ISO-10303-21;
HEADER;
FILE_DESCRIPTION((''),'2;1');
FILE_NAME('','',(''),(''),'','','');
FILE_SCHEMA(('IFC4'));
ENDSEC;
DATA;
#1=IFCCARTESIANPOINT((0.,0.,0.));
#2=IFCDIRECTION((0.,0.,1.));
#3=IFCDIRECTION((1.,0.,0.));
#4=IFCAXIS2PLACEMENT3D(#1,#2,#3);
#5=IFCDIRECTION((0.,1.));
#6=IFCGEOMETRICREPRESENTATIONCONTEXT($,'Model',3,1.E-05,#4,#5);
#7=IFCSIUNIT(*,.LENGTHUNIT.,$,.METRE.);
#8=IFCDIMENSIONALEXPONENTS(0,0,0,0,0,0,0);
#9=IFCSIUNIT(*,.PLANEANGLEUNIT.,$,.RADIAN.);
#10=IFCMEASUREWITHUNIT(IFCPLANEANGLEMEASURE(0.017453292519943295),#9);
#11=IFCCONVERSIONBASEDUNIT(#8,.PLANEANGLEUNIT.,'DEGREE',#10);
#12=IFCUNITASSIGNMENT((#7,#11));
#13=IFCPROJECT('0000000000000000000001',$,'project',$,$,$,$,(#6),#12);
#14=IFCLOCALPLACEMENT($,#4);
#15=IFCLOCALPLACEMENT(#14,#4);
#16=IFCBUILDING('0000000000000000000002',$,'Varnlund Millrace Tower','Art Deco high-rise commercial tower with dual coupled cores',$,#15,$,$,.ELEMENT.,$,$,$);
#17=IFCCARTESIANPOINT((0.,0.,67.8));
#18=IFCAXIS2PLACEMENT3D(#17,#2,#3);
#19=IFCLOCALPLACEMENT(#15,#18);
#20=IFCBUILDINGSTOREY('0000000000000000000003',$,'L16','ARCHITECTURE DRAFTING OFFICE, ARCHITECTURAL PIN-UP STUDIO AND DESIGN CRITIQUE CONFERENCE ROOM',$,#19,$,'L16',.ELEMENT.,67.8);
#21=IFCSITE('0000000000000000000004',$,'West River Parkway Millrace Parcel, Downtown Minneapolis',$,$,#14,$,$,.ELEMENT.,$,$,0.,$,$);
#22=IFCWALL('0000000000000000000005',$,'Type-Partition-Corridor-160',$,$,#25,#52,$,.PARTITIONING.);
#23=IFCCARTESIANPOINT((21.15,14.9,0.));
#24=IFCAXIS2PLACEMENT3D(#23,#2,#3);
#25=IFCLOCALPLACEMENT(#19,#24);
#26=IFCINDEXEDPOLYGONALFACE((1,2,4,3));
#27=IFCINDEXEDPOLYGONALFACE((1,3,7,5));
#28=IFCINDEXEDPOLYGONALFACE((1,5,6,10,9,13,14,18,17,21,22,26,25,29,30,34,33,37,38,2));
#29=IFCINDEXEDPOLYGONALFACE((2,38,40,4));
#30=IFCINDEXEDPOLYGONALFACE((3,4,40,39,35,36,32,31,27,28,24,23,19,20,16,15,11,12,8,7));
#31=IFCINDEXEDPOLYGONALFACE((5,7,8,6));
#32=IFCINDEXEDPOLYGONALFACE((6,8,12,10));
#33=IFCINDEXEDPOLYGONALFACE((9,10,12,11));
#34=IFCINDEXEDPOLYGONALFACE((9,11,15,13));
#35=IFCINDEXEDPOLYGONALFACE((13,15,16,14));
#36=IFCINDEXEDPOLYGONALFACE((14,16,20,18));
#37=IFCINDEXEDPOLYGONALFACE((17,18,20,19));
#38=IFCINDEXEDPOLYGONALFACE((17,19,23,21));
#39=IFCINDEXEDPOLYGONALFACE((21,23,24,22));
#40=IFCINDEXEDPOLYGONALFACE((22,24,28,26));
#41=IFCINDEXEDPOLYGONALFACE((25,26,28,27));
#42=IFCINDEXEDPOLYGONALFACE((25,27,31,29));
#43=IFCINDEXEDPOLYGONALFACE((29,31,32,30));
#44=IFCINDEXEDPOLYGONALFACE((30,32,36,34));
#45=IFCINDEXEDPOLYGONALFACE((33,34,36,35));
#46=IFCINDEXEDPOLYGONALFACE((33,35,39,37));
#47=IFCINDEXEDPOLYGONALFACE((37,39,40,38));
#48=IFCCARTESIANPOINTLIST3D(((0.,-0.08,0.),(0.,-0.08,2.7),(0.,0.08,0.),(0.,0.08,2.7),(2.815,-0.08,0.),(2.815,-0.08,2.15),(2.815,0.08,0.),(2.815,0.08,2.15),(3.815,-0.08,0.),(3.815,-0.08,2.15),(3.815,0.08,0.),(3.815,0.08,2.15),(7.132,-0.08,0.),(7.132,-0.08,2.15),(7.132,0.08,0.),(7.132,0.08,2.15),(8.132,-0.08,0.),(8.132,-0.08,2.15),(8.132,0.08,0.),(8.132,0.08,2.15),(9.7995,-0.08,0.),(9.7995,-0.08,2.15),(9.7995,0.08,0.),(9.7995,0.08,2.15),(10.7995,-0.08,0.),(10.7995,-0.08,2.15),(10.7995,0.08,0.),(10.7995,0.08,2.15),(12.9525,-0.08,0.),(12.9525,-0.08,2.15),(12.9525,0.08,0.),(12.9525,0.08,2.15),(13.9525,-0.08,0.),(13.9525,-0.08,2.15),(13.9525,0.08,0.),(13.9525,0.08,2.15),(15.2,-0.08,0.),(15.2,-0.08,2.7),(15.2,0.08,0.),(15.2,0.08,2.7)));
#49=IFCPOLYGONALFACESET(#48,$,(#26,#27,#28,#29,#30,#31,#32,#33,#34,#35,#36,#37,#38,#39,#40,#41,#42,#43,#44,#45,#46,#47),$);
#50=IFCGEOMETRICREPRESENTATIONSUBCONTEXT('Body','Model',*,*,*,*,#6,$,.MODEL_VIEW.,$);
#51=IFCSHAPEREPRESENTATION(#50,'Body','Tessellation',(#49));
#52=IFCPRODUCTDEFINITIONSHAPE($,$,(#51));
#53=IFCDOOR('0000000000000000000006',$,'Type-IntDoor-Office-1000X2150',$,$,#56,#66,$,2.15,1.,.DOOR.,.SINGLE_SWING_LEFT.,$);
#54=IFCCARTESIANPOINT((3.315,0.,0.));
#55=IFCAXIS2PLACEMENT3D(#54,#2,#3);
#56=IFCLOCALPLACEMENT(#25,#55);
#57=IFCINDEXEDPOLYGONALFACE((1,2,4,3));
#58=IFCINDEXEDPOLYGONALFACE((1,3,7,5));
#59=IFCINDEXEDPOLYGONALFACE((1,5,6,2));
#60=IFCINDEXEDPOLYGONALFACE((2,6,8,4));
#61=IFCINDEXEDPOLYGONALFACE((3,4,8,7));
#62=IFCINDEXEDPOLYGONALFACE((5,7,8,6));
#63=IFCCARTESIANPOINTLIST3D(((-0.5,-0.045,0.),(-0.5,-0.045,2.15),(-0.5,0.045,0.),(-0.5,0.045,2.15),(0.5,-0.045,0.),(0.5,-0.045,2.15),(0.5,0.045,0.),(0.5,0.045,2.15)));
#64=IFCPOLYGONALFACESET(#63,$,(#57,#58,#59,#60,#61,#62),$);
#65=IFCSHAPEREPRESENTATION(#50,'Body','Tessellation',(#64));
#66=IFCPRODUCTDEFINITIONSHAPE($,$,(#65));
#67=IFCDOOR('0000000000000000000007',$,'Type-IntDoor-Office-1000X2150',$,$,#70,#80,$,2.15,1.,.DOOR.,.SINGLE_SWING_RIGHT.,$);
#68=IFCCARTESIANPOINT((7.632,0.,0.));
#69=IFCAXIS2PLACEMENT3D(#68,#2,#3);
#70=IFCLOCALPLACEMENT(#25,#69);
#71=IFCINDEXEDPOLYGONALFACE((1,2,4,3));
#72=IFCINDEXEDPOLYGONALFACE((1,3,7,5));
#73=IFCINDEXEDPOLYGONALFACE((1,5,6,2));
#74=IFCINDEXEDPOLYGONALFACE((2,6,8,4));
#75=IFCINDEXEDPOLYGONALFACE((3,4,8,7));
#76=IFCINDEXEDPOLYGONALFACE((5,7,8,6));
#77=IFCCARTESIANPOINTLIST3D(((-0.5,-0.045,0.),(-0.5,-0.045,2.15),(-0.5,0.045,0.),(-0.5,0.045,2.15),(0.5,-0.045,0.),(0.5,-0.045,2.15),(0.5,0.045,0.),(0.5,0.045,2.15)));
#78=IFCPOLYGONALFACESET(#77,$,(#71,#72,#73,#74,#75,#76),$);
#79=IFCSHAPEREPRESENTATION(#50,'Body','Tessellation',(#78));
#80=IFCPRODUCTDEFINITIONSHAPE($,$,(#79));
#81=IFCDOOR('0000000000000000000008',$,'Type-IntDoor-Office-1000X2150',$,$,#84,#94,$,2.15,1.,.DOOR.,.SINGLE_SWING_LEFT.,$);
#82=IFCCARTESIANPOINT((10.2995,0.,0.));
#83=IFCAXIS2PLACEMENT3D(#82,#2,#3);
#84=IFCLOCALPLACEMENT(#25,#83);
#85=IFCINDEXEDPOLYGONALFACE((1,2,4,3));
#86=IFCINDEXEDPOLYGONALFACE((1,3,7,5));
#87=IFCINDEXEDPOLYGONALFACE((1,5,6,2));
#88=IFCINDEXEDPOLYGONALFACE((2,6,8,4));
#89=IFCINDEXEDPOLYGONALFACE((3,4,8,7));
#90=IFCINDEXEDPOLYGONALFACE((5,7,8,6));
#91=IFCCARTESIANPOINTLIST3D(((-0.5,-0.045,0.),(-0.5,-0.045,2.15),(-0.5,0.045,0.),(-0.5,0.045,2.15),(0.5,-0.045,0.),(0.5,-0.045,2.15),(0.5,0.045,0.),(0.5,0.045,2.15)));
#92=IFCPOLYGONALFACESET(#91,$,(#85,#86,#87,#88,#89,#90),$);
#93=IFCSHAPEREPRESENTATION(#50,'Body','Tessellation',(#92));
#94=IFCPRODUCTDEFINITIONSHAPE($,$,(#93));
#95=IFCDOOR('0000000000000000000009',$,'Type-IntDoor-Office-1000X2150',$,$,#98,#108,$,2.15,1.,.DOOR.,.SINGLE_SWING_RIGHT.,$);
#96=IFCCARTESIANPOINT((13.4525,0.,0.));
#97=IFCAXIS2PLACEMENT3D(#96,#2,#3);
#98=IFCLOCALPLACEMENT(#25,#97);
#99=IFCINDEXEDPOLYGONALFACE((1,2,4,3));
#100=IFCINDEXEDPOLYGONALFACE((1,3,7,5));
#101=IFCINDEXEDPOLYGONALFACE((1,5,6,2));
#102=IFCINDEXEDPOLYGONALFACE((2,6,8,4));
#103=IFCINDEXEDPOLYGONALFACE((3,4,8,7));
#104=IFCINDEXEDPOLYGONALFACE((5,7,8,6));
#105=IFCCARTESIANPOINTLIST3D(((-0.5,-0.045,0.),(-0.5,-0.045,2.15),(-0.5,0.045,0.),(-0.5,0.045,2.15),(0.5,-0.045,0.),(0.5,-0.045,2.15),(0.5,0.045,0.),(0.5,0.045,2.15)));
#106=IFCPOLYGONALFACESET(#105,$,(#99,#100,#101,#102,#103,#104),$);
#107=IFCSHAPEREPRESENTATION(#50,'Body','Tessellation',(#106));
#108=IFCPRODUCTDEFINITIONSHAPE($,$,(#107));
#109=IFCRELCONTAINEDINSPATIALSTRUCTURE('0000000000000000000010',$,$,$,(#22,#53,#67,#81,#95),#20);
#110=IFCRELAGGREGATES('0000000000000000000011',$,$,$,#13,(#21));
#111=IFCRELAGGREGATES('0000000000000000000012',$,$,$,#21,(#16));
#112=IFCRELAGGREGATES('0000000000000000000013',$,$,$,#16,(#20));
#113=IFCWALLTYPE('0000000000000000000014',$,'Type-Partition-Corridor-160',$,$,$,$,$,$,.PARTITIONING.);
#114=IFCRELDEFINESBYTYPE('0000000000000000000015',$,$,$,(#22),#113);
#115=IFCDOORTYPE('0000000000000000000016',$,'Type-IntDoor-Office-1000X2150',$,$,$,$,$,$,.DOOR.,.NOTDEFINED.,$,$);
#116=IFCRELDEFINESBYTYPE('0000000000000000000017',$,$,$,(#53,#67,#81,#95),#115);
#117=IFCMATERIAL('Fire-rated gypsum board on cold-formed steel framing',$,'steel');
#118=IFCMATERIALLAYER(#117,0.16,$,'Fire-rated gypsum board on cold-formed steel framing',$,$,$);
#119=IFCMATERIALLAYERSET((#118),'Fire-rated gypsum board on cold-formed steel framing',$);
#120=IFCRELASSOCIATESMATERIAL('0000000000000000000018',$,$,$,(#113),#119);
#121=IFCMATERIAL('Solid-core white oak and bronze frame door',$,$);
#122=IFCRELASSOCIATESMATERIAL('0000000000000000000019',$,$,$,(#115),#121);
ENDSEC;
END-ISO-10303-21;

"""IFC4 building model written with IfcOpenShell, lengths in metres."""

from ifc_helpers import new_model, entity, si_unit, converted_unit, direction, frame, origin_with_axes, origin_2d_with_axis, place, context, subcontext, project, spatial, polyline, rectangle, outline, extrude, material, layer, layer_set, type_object, element, fill, save


model = new_model("IFC4")

# Units and contexts
model_context = context("Model", 3, precision=1e-05, world=origin_with_axes(), true_north=direction((0.0, 1.0)))
body_context = subcontext(model_context, "Body", "Model", "MODEL_VIEW")
ifc_project = project(units=[si_unit("LENGTHUNIT", "METRE"), converted_unit("PLANEANGLEUNIT", "DEGREE", entity("IfcPlaneAngleMeasure", 0.017453292519943295), si_unit("PLANEANGLEUNIT", "RADIAN"), dimensions=[0, 0, 0, 0, 0, 0, 0])], contexts=[model_context])

# Site, building, storey
site_placement = place(None, origin_with_axes())
site = spatial("IfcSite", under=ifc_project, at=site_placement, Name="West River Parkway Millrace Parcel, Downtown Minneapolis", CompositionType="ELEMENT", RefElevation=0.0)
building_placement = place(site_placement, origin_with_axes())
building = spatial("IfcBuilding", under=site, at=building_placement, Name="Varnlund Millrace Tower", Description="Art Deco high-rise commercial tower with dual coupled cores", CompositionType="ELEMENT")
storey_placement = place(building_placement, frame((0.0, 0.0, 67.8), z_axis=(0.0, 0.0, 1.0), x_axis=(1.0, 0.0, 0.0)))
storey = spatial("IfcBuildingStorey", under=building, at=storey_placement, Name="L16", Description="ARCHITECTURE DRAFTING OFFICE, ARCHITECTURAL PIN-UP STUDIO AND DESIGN CRITIQUE CONFERENCE ROOM", LongName="L16", CompositionType="ELEMENT", Elevation=67.8)

# Shared definitions
ifc_material_1 = material(Name="Fire-rated gypsum board on cold-formed steel framing", Category="steel")
ifc_layer_1 = layer(ifc_material_1, 0.16, Name="Fire-rated gypsum board on cold-formed steel framing")
ifc_layer_set_1 = layer_set([ifc_layer_1], Name="Fire-rated gypsum board on cold-formed steel framing")
wall_type_1 = type_object("IfcWallType", Name="Type-Partition-Corridor-160", PredefinedType="PARTITIONING", material=ifc_layer_set_1)
ifc_material_2 = material(Name="Solid-core white oak and bronze frame door")
door_type_1 = type_object("IfcDoorType", Name="Type-IntDoor-Office-1000X2150", OperationType="NOTDEFINED", PredefinedType="DOOR", material=ifc_material_2)

# Wall, openings, doors
wall_1_placement = place(storey_placement, frame((21.15, 14.9, 0.0), z_axis=(0.0, 0.0, 1.0), x_axis=(1.0, 0.0, 0.0)))
wall_1 = element("IfcWall", 1, at=wall_1_placement, inside=storey, type_object=wall_type_1, Name="Type-Partition-Corridor-160", PredefinedType="PARTITIONING", context=body_context, shape_type="SweptSolid", body=[
    extrude(outline(polyline([(0.0, -0.08), (15.2, -0.08), (15.2, 0.08), (0.0, 0.08), (0.0, -0.08)])), origin_with_axes(), (0.0, 0.0, 1.0), 2.7),
])
opening_1_placement = place(wall_1_placement, frame((3.315, 0.0, 0.0), z_axis=(0.0, 0.0, 1.0), x_axis=(1.0, 0.0, 0.0)))
opening_1 = element("IfcOpeningElement", 2, at=opening_1_placement, cuts=wall_1, PredefinedType="OPENING", context=body_context, shape_type="SweptSolid", body=[
    extrude(rectangle(XDim=1.0, YDim=0.18, at=origin_2d_with_axis()), origin_with_axes(), (0.0, 0.0, 1.0), 2.15),
])
opening_2_placement = place(wall_1_placement, frame((7.632, 0.0, 0.0), z_axis=(0.0, 0.0, 1.0), x_axis=(1.0, 0.0, 0.0)))
opening_2 = element("IfcOpeningElement", 3, at=opening_2_placement, cuts=wall_1, PredefinedType="OPENING", context=body_context, shape_type="SweptSolid", body=[
    extrude(rectangle(XDim=1.0, YDim=0.18, at=origin_2d_with_axis()), origin_with_axes(), (0.0, 0.0, 1.0), 2.15),
])
opening_3_placement = place(wall_1_placement, frame((10.2995, 0.0, 0.0), z_axis=(0.0, 0.0, 1.0), x_axis=(1.0, 0.0, 0.0)))
opening_3 = element("IfcOpeningElement", 4, at=opening_3_placement, cuts=wall_1, PredefinedType="OPENING", context=body_context, shape_type="SweptSolid", body=[
    extrude(rectangle(XDim=1.0, YDim=0.18, at=origin_2d_with_axis()), origin_with_axes(), (0.0, 0.0, 1.0), 2.15),
])
opening_4_placement = place(wall_1_placement, frame((13.4525, 0.0, 0.0), z_axis=(0.0, 0.0, 1.0), x_axis=(1.0, 0.0, 0.0)))
opening_4 = element("IfcOpeningElement", 5, at=opening_4_placement, cuts=wall_1, PredefinedType="OPENING", context=body_context, shape_type="SweptSolid", body=[
    extrude(rectangle(XDim=1.0, YDim=0.18, at=origin_2d_with_axis()), origin_with_axes(), (0.0, 0.0, 1.0), 2.15),
])
door_1_placement = place(wall_1_placement, frame((3.315, 0.0, 0.0), z_axis=(0.0, 0.0, 1.0), x_axis=(1.0, 0.0, 0.0)))
door_1 = element("IfcDoor", 6, at=door_1_placement, inside=storey, type_object=door_type_1, Name="Type-IntDoor-Office-1000X2150", OperationType="SINGLE_SWING_LEFT", OverallHeight=2.15, OverallWidth=1.0, PredefinedType="DOOR", context=body_context, shape_type="SweptSolid", body=[
    extrude(rectangle(XDim=1.0, YDim=0.09, at=origin_2d_with_axis()), origin_with_axes(), (0.0, 0.0, 1.0), 2.15),
])
fill(opening_1, door_1)
door_2_placement = place(wall_1_placement, frame((7.632, 0.0, 0.0), z_axis=(0.0, 0.0, 1.0), x_axis=(1.0, 0.0, 0.0)))
door_2 = element("IfcDoor", 7, at=door_2_placement, inside=storey, type_object=door_type_1, Name="Type-IntDoor-Office-1000X2150", OperationType="SINGLE_SWING_RIGHT", OverallHeight=2.15, OverallWidth=1.0, PredefinedType="DOOR", context=body_context, shape_type="SweptSolid", body=[
    extrude(rectangle(XDim=1.0, YDim=0.09, at=origin_2d_with_axis()), origin_with_axes(), (0.0, 0.0, 1.0), 2.15),
])
fill(opening_2, door_2)
door_3_placement = place(wall_1_placement, frame((10.2995, 0.0, 0.0), z_axis=(0.0, 0.0, 1.0), x_axis=(1.0, 0.0, 0.0)))
door_3 = element("IfcDoor", 8, at=door_3_placement, inside=storey, type_object=door_type_1, Name="Type-IntDoor-Office-1000X2150", OperationType="SINGLE_SWING_LEFT", OverallHeight=2.15, OverallWidth=1.0, PredefinedType="DOOR", context=body_context, shape_type="SweptSolid", body=[
    extrude(rectangle(XDim=1.0, YDim=0.09, at=origin_2d_with_axis()), origin_with_axes(), (0.0, 0.0, 1.0), 2.15),
])
fill(opening_3, door_3)
door_4_placement = place(wall_1_placement, frame((13.4525, 0.0, 0.0), z_axis=(0.0, 0.0, 1.0), x_axis=(1.0, 0.0, 0.0)))
door_4 = element("IfcDoor", 9, at=door_4_placement, inside=storey, type_object=door_type_1, Name="Type-IntDoor-Office-1000X2150", OperationType="SINGLE_SWING_RIGHT", OverallHeight=2.15, OverallWidth=1.0, PredefinedType="DOOR", context=body_context, shape_type="SweptSolid", body=[
    extrude(rectangle(XDim=1.0, YDim=0.09, at=origin_2d_with_axis()), origin_with_axes(), (0.0, 0.0, 1.0), 2.15),
])
fill(opening_4, door_4)

save(model, "model.ifc")
